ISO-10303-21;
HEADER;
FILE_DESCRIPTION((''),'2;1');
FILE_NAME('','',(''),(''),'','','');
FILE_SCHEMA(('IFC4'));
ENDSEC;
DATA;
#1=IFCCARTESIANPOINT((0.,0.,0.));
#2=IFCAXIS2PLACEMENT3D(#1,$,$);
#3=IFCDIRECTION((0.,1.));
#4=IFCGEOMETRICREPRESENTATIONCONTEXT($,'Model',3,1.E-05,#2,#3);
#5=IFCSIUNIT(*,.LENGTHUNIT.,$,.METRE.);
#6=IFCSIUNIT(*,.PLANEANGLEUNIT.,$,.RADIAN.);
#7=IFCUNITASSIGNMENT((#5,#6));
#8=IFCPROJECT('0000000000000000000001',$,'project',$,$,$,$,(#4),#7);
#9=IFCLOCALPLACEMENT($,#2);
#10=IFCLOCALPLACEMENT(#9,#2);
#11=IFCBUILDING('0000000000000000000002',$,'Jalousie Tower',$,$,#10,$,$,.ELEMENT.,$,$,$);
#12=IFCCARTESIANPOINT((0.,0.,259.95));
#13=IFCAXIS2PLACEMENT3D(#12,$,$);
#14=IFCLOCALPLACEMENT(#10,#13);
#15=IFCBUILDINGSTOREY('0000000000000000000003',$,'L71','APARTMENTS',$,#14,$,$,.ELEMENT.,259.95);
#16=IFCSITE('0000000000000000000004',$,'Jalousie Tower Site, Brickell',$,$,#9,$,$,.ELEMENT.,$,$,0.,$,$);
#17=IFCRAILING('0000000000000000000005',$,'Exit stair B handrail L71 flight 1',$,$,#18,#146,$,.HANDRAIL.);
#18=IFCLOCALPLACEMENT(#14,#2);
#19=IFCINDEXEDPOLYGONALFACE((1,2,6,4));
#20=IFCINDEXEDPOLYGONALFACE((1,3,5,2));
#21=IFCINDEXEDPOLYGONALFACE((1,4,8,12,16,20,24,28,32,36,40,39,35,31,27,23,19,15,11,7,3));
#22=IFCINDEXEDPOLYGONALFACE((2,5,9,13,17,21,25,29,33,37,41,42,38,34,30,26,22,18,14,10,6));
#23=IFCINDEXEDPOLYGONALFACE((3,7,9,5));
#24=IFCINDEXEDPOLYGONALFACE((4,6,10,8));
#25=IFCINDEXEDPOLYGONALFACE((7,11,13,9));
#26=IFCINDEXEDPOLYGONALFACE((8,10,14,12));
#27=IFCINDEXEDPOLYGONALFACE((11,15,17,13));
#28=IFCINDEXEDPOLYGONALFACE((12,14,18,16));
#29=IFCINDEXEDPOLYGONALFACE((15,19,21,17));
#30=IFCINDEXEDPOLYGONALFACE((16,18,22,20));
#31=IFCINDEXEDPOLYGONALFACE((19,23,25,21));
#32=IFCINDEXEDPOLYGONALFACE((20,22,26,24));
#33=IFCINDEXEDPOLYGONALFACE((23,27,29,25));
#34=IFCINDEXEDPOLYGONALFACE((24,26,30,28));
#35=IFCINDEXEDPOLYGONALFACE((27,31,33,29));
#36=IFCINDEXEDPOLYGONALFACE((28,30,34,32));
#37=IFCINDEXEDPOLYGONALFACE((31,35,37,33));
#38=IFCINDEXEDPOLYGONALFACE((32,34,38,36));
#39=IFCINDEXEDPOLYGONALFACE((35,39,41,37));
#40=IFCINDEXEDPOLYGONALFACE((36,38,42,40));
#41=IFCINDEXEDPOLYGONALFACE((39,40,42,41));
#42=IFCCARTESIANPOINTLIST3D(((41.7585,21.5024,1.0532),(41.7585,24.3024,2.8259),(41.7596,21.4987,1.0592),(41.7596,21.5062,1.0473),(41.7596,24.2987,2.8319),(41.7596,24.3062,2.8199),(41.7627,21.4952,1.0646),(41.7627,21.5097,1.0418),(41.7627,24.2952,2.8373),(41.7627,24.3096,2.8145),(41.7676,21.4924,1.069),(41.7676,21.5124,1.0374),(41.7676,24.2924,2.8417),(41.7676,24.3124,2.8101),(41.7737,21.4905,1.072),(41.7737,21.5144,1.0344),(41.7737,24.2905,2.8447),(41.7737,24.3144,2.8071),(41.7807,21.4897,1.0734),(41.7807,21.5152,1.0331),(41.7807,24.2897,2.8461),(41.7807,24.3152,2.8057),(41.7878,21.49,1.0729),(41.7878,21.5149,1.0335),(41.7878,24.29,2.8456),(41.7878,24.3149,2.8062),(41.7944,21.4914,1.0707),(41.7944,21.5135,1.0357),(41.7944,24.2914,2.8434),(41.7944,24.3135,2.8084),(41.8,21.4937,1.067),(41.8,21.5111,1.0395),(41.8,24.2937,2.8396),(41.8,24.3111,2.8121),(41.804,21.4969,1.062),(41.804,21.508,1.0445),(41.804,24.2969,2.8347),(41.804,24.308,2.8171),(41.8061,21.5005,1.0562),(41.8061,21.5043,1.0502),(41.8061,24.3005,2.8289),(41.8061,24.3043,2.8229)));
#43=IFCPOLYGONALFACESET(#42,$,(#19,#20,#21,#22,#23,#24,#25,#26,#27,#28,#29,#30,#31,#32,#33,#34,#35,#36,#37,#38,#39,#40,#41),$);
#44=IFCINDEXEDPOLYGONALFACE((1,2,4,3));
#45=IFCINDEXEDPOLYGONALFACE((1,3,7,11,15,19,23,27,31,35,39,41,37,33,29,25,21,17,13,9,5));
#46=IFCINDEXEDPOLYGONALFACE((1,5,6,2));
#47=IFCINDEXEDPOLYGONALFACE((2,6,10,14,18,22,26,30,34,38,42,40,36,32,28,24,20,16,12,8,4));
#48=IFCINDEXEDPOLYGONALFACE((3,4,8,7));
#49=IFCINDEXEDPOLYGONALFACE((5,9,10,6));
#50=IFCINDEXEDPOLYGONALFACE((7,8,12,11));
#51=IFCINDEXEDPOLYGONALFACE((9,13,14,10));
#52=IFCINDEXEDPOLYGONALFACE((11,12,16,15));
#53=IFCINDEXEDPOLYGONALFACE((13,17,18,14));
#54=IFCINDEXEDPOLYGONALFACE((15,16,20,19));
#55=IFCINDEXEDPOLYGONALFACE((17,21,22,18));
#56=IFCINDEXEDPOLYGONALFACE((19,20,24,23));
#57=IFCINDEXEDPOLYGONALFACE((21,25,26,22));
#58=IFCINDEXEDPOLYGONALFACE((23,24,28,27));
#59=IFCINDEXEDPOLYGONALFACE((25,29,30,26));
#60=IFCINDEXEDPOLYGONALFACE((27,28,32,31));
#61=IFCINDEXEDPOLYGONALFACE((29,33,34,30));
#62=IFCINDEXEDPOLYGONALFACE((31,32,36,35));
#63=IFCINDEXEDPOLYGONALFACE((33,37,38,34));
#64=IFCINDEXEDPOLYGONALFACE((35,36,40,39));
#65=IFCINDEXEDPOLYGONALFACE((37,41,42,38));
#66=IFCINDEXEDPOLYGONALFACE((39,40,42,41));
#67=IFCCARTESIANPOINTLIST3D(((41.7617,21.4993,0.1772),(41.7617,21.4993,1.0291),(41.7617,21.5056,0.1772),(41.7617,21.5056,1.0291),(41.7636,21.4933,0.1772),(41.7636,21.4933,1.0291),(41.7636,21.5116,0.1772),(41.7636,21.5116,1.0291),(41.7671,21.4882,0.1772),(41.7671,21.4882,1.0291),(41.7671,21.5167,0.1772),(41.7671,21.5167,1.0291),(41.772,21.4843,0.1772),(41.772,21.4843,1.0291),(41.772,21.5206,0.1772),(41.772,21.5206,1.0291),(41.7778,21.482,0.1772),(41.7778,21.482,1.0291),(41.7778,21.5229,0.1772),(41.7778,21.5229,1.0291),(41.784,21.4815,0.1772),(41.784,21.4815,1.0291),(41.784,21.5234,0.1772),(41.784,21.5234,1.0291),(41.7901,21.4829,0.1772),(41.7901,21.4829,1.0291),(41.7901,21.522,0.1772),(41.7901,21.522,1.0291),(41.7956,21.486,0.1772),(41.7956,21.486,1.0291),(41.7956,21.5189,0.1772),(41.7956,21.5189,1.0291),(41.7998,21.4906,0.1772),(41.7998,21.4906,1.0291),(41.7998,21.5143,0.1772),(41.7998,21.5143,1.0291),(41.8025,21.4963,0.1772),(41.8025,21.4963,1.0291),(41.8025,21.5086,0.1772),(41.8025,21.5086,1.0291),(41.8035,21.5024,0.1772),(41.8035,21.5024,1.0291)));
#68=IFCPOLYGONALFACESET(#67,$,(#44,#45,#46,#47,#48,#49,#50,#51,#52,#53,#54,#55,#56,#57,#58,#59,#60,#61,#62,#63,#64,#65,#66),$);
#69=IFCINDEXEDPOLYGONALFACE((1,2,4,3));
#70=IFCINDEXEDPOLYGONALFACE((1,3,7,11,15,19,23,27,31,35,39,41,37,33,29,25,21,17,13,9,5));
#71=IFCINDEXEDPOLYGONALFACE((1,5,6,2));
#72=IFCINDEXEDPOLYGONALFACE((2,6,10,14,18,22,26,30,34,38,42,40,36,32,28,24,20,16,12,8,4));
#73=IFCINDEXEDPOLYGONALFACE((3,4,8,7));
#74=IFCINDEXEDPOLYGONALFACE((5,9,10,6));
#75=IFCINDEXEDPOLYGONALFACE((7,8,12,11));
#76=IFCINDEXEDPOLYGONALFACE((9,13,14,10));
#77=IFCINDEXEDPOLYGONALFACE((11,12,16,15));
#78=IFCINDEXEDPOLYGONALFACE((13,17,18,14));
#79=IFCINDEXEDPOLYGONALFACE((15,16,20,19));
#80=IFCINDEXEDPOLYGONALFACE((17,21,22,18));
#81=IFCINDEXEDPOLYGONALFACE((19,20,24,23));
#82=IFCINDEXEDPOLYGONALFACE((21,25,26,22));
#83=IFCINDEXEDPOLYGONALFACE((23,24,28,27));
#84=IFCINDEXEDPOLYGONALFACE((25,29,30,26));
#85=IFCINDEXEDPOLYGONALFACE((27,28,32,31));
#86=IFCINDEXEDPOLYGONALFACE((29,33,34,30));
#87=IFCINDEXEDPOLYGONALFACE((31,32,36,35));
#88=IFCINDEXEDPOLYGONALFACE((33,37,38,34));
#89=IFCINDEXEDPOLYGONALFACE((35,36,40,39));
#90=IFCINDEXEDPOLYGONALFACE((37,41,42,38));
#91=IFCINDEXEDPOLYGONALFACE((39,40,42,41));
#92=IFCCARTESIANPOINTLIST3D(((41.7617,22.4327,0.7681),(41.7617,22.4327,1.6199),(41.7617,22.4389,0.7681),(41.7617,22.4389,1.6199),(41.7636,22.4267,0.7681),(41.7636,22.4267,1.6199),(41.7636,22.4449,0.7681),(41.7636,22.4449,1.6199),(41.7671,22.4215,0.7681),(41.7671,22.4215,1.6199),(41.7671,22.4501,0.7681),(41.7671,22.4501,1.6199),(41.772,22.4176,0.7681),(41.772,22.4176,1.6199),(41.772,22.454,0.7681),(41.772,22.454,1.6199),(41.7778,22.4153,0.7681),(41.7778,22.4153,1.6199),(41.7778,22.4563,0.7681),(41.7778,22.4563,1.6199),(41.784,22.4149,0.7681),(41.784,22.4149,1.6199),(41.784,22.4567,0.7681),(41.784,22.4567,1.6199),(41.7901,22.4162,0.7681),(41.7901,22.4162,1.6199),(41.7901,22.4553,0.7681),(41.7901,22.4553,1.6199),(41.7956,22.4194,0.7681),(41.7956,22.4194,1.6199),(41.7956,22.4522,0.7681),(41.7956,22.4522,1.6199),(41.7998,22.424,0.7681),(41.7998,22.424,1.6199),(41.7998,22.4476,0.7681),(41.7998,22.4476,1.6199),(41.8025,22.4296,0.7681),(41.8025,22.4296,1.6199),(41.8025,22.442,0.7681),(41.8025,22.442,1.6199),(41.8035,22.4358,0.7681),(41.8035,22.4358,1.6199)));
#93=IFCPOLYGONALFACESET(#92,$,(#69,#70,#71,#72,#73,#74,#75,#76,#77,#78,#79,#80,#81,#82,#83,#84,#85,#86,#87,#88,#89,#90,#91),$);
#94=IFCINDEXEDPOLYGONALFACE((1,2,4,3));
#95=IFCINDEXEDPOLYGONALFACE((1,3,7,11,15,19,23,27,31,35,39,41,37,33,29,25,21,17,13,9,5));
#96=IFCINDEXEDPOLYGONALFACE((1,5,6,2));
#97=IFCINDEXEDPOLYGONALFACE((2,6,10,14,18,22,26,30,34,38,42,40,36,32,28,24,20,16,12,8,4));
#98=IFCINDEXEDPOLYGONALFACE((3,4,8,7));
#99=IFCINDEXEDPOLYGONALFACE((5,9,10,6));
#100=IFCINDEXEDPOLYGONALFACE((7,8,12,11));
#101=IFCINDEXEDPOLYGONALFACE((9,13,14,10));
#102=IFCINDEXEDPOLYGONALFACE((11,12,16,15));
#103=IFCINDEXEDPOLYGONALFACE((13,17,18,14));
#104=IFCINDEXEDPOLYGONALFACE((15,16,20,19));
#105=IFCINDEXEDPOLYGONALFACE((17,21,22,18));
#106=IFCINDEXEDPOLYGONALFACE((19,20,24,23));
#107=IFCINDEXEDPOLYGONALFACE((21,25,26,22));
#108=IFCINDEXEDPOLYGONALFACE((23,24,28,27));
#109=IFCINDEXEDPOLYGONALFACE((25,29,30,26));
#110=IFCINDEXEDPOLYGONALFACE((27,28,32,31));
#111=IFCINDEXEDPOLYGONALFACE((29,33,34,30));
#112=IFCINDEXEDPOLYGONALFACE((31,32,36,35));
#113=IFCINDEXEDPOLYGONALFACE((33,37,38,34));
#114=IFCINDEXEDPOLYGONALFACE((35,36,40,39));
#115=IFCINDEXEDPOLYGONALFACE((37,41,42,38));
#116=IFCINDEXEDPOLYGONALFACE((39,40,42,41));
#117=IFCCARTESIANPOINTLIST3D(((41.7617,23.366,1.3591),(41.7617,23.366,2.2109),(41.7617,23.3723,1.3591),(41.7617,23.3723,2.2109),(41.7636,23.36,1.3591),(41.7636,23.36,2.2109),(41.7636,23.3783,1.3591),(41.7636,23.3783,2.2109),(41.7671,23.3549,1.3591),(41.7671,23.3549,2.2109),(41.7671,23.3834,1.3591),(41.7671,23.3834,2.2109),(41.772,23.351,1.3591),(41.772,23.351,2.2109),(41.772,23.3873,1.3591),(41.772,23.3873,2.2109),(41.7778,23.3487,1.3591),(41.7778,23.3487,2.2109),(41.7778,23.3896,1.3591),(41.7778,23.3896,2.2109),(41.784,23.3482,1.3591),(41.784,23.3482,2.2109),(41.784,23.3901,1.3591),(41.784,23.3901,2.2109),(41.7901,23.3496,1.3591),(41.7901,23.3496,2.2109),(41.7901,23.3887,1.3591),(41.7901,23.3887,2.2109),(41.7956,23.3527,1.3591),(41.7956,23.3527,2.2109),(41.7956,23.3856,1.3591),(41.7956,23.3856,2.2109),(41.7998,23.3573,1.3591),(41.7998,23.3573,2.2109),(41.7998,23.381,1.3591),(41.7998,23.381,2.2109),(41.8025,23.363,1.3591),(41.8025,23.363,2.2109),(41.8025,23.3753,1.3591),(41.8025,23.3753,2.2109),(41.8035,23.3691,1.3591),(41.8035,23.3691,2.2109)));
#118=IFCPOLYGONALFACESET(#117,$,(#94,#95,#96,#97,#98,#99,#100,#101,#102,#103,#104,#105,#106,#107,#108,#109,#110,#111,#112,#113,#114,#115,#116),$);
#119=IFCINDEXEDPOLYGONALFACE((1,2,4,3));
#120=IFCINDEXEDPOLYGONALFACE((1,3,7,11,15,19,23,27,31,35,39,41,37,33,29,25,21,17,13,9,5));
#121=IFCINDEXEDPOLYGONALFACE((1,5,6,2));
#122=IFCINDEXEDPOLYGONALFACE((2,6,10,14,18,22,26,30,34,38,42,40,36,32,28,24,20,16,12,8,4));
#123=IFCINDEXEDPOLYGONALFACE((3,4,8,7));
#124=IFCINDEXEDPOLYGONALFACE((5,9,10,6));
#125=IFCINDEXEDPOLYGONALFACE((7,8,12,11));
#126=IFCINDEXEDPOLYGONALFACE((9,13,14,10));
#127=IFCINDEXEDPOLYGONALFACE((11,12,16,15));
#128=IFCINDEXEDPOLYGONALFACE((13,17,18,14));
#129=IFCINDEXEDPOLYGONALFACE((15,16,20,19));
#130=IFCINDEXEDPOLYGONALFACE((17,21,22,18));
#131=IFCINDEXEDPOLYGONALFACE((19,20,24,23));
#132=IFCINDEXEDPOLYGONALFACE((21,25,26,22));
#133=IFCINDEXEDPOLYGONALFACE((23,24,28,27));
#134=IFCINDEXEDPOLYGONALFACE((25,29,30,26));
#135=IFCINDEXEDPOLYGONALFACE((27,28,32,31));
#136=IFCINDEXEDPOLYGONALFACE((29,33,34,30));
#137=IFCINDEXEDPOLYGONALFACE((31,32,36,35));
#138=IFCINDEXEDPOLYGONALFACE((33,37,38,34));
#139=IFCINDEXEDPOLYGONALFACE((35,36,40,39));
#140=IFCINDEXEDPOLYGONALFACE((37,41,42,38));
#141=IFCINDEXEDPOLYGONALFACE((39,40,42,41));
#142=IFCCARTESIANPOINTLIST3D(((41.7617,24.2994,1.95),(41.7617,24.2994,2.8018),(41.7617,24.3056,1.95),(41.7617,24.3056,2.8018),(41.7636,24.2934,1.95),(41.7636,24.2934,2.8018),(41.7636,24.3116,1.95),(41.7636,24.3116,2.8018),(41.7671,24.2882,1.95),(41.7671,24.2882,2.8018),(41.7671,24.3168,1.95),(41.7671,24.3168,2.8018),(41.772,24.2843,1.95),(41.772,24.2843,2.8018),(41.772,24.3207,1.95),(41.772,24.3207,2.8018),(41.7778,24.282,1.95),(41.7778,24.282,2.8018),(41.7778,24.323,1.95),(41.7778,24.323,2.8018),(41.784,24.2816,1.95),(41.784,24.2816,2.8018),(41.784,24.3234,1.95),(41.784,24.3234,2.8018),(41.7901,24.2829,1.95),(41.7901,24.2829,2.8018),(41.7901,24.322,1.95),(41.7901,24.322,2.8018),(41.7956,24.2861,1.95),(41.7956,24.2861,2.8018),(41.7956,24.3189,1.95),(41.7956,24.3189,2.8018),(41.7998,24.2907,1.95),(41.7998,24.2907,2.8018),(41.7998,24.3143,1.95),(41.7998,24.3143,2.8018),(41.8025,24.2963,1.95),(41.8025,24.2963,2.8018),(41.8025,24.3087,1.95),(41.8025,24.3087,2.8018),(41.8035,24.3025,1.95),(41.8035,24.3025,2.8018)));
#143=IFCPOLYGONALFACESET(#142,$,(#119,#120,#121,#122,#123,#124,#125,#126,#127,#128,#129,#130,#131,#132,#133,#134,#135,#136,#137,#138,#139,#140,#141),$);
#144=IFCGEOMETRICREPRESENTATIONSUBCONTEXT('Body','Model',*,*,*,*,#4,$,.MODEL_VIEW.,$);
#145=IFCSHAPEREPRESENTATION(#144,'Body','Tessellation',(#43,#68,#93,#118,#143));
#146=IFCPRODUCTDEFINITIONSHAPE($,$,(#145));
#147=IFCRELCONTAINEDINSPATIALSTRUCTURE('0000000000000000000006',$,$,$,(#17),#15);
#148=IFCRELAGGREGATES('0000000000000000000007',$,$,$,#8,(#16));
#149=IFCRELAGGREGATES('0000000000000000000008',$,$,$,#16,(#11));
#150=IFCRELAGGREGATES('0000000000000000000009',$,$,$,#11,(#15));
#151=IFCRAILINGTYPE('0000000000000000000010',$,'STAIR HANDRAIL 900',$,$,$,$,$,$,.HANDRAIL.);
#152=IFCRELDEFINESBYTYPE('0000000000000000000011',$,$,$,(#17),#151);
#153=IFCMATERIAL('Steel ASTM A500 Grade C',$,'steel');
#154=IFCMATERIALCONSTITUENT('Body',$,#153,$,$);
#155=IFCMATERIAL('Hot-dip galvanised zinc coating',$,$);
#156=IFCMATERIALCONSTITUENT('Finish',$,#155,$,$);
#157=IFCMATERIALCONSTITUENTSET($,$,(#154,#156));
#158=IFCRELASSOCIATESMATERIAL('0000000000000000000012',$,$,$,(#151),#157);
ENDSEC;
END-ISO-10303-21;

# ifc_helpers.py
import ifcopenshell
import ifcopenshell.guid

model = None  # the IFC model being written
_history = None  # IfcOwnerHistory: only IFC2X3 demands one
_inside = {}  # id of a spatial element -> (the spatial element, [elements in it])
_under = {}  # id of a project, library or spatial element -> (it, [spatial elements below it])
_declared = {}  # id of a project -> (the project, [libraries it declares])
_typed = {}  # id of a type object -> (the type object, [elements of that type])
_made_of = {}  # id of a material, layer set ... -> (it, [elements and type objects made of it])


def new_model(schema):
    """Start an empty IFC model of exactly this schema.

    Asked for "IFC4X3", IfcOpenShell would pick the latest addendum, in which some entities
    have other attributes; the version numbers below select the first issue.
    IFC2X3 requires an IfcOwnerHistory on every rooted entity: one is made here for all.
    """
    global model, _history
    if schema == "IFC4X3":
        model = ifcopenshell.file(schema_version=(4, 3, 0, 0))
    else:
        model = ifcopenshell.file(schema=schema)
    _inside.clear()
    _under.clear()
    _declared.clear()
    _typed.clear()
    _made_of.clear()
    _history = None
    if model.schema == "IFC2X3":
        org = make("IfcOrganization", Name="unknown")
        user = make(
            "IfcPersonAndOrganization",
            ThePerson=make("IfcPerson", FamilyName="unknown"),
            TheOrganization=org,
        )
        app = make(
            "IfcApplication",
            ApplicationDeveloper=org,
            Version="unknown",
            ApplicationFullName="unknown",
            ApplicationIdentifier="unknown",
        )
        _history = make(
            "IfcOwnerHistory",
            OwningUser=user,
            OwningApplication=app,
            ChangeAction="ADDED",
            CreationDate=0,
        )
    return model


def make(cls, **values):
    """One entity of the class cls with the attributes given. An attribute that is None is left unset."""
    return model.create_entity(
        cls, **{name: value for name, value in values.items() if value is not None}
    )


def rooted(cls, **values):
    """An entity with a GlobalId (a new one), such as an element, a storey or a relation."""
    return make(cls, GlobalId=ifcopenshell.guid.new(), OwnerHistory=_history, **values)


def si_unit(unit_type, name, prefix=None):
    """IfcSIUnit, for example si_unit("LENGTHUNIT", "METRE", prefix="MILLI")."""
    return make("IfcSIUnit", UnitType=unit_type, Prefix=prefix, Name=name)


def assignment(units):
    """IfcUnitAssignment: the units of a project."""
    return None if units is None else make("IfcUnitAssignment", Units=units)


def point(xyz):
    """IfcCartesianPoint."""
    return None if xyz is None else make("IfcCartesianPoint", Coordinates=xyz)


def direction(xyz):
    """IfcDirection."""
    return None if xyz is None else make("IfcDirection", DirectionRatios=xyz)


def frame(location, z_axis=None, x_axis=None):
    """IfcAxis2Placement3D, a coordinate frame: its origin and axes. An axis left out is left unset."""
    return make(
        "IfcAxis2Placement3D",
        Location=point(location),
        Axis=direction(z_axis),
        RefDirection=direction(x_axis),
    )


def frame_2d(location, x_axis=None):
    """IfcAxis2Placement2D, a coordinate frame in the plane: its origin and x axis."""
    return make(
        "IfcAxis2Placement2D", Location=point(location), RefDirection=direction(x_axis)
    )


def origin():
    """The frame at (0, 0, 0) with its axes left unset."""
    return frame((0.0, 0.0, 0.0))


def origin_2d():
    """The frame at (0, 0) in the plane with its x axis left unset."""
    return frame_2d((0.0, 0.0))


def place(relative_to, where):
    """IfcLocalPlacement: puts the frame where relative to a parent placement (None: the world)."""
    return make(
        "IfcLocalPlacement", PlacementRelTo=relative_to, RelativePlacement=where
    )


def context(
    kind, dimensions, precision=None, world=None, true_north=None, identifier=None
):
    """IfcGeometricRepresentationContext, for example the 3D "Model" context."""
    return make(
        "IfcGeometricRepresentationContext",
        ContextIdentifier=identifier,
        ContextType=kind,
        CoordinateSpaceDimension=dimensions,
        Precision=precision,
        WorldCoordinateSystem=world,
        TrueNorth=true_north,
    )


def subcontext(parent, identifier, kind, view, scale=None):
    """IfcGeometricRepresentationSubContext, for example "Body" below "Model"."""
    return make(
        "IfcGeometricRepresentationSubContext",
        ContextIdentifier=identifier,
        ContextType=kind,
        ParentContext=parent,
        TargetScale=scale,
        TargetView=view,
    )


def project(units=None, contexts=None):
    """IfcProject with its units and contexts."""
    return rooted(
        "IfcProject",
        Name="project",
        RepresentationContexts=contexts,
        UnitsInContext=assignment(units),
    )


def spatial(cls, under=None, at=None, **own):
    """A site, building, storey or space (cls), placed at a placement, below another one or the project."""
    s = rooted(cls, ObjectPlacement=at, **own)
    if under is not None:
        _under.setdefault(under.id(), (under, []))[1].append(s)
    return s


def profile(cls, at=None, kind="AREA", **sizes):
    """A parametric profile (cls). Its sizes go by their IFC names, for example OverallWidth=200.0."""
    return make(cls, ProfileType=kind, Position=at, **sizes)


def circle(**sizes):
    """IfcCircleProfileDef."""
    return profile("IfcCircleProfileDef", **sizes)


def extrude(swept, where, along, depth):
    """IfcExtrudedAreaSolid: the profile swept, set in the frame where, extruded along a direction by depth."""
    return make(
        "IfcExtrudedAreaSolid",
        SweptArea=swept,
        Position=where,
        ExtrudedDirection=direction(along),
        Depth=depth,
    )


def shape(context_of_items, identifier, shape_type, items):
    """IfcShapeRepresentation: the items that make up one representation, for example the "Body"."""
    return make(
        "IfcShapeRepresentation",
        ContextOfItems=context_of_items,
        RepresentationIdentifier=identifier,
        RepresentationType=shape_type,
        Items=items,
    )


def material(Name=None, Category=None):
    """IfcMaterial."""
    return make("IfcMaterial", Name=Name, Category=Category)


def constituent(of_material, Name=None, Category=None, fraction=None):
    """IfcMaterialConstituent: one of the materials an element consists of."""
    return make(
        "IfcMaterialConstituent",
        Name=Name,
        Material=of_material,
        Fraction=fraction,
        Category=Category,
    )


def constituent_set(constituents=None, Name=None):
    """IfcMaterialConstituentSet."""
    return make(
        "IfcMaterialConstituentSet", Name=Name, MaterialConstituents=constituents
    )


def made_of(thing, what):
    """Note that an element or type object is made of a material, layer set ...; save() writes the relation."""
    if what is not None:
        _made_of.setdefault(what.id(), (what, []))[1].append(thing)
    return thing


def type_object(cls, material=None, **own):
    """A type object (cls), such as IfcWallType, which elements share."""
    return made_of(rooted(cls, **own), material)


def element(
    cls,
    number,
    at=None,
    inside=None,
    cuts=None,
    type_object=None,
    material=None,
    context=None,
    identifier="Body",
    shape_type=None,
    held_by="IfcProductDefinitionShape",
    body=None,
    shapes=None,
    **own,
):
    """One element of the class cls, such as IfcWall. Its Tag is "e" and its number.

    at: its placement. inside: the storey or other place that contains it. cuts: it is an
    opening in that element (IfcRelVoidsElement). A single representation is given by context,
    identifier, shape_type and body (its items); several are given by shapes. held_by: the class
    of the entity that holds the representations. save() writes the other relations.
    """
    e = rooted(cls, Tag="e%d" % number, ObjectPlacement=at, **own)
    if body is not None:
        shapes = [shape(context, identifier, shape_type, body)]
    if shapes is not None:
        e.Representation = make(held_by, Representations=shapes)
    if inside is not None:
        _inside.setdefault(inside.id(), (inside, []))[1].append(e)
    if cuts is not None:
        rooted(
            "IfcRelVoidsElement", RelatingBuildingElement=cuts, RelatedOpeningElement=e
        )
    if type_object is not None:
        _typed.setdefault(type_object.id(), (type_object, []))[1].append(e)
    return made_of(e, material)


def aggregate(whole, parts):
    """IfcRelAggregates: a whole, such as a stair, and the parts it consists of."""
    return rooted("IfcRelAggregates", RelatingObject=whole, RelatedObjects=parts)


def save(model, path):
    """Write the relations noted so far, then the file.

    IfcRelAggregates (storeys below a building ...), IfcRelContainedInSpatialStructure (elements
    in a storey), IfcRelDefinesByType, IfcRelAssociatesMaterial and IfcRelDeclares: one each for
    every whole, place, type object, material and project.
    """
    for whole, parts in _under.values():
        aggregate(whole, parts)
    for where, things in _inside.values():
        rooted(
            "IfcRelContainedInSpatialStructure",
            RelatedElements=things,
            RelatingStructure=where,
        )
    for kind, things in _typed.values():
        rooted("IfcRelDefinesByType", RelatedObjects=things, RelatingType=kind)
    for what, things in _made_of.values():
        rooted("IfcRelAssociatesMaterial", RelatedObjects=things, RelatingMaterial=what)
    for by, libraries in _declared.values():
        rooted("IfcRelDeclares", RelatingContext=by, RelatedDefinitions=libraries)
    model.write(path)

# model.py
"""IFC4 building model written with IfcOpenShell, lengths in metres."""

from ifc_helpers import new_model, si_unit, direction, frame, origin, origin_2d, place, context, subcontext, project, spatial, circle, extrude, material, constituent, constituent_set, type_object, element, save


model = new_model("IFC4")

# Units and contexts
model_context = context("Model", 3, precision=1e-05, world=origin(), true_north=direction((0.0, 1.0)))
body_context = subcontext(model_context, "Body", "Model", "MODEL_VIEW")
ifc_project = project(units=[si_unit("LENGTHUNIT", "METRE"), si_unit("PLANEANGLEUNIT", "RADIAN")], contexts=[model_context])

# Site, building, storey
site_placement = place(None, origin())
site = spatial("IfcSite", under=ifc_project, at=site_placement, Name="Jalousie Tower Site, Brickell", CompositionType="ELEMENT", RefElevation=0.0)
building_placement = place(site_placement, origin())
building = spatial("IfcBuilding", under=site, at=building_placement, Name="Jalousie Tower", CompositionType="ELEMENT")
storey_placement = place(building_placement, frame((0.0, 0.0, 259.95)))
storey = spatial("IfcBuildingStorey", under=building, at=storey_placement, Name="L71", Description="APARTMENTS", CompositionType="ELEMENT", Elevation=259.95)

# Railing
ifc_material_1 = material(Name="Steel ASTM A500 Grade C", Category="steel")
ifc_constituent_1 = constituent(ifc_material_1, Name="Body")
ifc_material_2 = material(Name="Hot-dip galvanised zinc coating")
ifc_constituent_2 = constituent(ifc_material_2, Name="Finish")
ifc_constituent_set_1 = constituent_set(constituents=[ifc_constituent_1, ifc_constituent_2])
railing_type_1 = type_object("IfcRailingType", Name="STAIR HANDRAIL 900", PredefinedType="HANDRAIL", material=ifc_constituent_set_1)
railing_1_placement = place(storey_placement, frame((41.7825, 21.5024, 0.1772)))
element("IfcRailing", 1, at=railing_1_placement, inside=storey, type_object=railing_type_1, Name="Exit stair B handrail L71 flight 1", PredefinedType="HANDRAIL", context=body_context, shape_type="SweptSolid", body=[
    extrude(circle(Radius=0.0239, at=origin_2d()), frame((0.0, 0.0, 0.876), z_axis=(0.0, 0.844909, 0.53491), x_axis=(-1.0, 0.0, 0.0)), (0.0, 0.0, 1.0), 3.314),
    extrude(circle(Radius=0.021, at=origin_2d()), origin(), (0.0, 0.0, 1.0), 0.8518),
    extrude(circle(Radius=0.021, at=origin_2d()), frame((0.0, 0.9333, 0.5908)), (0.0, 0.0, 1.0), 0.8518),
    extrude(circle(Radius=0.021, at=origin_2d()), frame((0.0, 1.8667, 1.1819)), (0.0, 0.0, 1.0), 0.8518),
    extrude(circle(Radius=0.021, at=origin_2d()), frame((0.0, 2.8, 1.7727)), (0.0, 0.0, 1.0), 0.8518),
])

save(model, "model.ifc")
